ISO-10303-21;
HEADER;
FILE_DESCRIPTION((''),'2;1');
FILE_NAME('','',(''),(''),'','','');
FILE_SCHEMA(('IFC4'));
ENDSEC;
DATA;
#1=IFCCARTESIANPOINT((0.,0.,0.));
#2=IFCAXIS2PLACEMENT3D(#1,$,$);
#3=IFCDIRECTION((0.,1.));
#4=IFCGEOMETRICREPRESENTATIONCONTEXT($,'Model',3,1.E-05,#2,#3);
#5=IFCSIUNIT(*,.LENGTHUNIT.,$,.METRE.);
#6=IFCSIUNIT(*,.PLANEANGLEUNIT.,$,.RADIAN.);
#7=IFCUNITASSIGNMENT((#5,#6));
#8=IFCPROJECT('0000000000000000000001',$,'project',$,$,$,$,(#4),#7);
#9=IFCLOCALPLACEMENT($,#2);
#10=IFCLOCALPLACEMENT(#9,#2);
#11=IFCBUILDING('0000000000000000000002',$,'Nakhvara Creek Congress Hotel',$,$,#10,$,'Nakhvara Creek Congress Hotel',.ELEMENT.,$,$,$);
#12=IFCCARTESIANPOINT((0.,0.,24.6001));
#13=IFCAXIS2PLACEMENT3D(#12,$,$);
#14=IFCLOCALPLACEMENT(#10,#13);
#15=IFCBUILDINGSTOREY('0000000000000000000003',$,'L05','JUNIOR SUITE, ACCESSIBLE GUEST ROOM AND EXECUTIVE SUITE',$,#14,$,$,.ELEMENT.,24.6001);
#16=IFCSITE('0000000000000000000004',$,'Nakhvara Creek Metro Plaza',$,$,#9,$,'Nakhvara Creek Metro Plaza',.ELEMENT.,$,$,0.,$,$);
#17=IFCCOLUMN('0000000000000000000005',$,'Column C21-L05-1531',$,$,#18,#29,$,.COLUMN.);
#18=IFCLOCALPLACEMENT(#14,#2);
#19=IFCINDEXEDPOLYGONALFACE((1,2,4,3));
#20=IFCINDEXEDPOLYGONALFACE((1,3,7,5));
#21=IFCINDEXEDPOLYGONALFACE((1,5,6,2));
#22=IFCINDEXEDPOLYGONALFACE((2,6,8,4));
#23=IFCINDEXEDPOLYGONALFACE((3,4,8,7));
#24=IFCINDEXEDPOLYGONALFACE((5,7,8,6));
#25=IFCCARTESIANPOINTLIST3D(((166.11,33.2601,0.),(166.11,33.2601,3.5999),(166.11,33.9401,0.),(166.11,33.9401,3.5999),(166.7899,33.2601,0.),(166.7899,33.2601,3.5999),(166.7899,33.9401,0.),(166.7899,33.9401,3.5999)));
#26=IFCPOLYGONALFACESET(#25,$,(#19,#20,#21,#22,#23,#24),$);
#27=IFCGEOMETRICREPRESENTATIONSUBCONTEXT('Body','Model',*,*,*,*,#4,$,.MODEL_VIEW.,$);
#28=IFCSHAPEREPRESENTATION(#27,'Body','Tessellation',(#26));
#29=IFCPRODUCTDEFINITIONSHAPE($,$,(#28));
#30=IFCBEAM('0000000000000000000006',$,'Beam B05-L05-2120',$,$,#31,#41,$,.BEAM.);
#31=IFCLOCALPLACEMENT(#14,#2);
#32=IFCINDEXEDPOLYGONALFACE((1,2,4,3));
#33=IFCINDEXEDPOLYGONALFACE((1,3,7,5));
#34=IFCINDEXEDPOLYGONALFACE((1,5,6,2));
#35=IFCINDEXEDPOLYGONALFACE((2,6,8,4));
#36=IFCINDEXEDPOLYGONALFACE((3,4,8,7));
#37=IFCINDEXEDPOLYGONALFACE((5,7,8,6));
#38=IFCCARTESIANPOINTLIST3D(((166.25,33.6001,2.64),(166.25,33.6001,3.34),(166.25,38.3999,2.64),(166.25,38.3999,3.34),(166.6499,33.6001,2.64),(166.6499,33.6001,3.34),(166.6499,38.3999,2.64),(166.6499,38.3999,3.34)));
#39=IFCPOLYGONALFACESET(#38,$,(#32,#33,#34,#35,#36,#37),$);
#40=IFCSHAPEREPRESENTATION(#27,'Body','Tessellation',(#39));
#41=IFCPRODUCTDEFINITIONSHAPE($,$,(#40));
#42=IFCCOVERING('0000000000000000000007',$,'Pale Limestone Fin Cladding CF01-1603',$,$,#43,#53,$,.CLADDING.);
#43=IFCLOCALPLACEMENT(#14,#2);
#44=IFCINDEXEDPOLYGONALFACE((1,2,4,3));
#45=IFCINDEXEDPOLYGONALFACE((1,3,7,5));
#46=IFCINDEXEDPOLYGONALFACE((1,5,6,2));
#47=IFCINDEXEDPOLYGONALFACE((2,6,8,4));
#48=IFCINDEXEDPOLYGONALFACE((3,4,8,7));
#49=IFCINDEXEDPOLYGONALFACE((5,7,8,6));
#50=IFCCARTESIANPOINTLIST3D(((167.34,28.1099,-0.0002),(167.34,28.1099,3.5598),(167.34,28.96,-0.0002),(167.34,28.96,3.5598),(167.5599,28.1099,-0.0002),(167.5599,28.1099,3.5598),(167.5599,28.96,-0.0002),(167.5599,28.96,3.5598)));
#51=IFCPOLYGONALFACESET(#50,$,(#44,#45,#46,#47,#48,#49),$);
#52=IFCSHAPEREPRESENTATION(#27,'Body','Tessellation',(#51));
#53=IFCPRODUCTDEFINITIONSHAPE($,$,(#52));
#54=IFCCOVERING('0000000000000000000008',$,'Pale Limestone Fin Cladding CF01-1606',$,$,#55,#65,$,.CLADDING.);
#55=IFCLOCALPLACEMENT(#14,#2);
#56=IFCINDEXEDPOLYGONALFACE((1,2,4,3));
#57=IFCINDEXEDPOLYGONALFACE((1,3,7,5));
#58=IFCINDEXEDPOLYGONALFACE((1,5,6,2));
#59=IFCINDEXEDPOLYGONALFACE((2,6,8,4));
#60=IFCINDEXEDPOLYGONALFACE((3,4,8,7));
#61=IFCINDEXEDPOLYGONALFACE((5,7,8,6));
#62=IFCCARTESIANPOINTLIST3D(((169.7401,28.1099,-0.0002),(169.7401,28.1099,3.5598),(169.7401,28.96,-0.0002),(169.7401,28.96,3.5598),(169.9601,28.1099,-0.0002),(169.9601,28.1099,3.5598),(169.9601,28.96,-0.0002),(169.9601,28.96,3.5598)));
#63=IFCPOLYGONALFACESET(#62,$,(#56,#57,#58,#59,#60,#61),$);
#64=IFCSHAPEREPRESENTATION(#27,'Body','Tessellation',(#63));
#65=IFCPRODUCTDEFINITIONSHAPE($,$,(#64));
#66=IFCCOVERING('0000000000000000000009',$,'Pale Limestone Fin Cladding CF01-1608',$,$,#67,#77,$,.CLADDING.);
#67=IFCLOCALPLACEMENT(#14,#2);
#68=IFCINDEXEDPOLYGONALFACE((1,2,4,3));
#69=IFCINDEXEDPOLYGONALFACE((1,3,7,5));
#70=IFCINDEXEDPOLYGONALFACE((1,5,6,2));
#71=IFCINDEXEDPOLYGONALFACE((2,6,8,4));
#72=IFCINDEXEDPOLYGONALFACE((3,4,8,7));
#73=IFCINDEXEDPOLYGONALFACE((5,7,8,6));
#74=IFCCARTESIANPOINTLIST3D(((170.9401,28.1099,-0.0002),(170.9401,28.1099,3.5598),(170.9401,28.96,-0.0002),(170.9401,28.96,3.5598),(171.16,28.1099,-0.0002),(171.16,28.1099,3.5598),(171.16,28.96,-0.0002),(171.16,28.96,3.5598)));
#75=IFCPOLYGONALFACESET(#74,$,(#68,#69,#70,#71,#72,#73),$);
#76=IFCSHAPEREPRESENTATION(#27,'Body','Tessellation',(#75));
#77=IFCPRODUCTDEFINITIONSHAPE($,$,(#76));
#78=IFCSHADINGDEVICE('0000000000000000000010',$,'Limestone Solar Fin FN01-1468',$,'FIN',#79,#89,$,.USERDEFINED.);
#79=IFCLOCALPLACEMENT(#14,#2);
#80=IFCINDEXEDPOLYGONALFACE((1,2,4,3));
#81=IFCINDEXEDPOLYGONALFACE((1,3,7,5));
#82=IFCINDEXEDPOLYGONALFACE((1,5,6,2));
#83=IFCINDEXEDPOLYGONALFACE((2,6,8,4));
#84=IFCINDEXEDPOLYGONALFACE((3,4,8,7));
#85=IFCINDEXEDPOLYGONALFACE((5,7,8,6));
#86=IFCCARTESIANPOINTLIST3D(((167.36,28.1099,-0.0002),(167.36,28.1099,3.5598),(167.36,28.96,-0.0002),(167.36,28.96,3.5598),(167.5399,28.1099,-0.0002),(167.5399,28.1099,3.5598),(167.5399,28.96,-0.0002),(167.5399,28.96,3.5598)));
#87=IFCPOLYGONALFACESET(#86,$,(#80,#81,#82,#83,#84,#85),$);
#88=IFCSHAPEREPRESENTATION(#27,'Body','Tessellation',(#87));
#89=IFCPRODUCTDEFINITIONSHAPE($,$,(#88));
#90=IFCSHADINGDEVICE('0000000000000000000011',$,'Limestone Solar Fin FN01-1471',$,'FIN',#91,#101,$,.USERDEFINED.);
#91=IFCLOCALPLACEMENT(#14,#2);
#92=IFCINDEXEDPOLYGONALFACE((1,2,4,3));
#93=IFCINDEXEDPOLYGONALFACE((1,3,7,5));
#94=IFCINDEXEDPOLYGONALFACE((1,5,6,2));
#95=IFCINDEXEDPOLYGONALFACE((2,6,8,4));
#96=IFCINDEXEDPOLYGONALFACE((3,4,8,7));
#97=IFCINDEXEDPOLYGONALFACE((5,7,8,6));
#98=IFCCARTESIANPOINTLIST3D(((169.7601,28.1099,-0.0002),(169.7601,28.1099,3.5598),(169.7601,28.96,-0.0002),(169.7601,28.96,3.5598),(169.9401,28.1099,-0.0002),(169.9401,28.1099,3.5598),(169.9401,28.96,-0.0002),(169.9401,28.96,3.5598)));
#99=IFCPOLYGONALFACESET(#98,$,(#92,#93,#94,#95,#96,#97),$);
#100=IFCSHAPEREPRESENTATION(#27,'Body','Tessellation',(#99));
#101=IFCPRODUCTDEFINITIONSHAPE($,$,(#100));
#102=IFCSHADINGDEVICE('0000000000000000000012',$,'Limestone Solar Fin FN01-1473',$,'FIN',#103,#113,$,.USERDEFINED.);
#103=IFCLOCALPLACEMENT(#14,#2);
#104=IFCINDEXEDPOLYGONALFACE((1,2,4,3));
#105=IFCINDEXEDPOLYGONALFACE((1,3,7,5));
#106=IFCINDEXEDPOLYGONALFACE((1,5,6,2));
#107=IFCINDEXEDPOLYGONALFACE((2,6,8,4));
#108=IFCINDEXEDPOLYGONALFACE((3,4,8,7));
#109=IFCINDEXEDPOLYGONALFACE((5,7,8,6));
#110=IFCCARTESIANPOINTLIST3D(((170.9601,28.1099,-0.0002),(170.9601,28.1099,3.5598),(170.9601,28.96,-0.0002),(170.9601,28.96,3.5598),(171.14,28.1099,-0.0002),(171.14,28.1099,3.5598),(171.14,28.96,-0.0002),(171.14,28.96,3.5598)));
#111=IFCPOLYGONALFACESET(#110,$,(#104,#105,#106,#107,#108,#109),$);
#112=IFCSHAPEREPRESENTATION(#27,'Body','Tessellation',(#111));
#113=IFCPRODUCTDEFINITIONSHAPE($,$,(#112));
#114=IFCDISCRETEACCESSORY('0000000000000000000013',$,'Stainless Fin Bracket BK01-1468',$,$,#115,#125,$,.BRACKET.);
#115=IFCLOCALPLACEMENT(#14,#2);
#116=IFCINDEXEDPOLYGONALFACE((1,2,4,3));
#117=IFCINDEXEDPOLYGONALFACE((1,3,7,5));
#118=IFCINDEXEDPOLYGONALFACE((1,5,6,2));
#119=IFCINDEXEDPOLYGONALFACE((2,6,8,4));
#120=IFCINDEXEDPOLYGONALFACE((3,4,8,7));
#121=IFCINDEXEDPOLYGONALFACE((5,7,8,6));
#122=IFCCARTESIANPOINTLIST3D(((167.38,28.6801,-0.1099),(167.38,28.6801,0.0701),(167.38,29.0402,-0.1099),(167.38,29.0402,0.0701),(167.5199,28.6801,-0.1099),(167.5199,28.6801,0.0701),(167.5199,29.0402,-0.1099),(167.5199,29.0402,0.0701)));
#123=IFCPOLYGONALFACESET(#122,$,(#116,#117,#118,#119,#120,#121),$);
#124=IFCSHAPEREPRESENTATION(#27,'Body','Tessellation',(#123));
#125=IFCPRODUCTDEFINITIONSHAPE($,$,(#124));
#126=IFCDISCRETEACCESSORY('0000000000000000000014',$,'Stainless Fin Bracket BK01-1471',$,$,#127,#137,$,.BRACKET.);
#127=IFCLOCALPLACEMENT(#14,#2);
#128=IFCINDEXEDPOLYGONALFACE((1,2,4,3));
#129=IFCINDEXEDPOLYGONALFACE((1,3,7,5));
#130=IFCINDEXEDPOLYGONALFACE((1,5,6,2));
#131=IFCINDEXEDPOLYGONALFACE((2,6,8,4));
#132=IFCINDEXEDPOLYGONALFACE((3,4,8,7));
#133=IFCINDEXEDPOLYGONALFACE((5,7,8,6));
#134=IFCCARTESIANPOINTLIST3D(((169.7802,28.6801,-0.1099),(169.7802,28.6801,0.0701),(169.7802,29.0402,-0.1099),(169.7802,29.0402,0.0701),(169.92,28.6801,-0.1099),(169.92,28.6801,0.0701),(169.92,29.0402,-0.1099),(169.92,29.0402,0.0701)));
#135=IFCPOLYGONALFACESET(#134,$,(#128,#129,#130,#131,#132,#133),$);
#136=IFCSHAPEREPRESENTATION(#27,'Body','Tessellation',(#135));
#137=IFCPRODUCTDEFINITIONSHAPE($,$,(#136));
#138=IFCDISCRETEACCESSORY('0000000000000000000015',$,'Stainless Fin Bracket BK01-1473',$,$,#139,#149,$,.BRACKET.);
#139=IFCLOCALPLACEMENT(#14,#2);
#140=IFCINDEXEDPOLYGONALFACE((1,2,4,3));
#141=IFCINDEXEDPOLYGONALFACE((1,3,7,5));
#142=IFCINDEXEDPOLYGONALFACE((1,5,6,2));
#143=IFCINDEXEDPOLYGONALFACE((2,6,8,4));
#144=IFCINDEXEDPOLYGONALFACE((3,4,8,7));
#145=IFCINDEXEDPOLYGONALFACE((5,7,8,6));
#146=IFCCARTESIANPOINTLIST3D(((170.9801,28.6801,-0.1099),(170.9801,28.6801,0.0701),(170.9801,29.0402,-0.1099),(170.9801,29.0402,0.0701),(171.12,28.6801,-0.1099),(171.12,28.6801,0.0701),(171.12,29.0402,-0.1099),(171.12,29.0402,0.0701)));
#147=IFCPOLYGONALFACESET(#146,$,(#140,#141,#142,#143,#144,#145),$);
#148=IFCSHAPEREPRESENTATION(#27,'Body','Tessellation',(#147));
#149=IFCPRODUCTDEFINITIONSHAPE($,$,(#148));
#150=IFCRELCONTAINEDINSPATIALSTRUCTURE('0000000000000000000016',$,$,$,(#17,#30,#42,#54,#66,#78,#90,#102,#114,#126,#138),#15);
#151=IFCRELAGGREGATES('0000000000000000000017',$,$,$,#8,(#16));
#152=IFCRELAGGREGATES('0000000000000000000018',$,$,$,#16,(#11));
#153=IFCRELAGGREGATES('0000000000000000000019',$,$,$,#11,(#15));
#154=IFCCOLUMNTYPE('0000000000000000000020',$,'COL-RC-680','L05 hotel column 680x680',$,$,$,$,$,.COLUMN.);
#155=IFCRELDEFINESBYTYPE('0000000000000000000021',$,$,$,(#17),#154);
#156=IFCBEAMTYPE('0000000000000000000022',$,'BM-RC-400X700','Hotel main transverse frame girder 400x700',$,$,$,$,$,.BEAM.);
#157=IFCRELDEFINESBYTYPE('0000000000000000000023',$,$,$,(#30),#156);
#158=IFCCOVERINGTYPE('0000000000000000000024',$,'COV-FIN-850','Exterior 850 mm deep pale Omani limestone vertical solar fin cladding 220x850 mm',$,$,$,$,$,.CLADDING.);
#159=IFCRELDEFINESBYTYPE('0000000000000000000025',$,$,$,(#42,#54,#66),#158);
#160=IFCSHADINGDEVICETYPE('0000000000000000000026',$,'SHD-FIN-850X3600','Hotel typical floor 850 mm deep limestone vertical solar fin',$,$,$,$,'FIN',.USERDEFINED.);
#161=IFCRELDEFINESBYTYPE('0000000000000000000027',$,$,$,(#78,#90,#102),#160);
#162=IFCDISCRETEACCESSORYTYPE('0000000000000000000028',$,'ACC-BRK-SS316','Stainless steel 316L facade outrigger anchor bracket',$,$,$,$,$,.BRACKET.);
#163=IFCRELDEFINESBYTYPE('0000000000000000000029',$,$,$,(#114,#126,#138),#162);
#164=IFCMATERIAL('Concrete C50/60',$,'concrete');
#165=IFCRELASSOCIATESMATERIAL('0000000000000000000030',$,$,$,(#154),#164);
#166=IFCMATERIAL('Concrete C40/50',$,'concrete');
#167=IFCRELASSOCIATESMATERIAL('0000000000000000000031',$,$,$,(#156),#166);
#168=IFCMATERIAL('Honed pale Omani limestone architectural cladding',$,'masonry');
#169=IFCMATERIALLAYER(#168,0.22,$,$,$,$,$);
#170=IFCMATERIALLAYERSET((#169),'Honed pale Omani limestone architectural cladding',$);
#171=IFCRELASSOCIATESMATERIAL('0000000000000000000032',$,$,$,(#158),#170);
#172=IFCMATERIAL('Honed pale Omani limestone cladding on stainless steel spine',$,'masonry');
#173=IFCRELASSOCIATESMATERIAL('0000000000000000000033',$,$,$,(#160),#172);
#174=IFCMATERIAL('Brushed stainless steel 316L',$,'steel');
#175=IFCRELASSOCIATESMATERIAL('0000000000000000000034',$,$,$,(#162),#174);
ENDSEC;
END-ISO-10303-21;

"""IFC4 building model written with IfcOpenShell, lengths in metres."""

from ifc_helpers import new_model, si_unit, direction, frame, origin, origin_2d, place, context, subcontext, project, spatial, rectangle, extrude, material, layer, layer_set, material_profile, profile_set, type_object, element, save


model = new_model("IFC4")

# Units and contexts
model_context = context("Model", 3, precision=1e-05, world=origin(), true_north=direction((0.0, 1.0)))
body_context = subcontext(model_context, "Body", "Model", "MODEL_VIEW")
ifc_project = project(units=[si_unit("LENGTHUNIT", "METRE"), si_unit("PLANEANGLEUNIT", "RADIAN")], contexts=[model_context])

# Site, building, storey
site_placement = place(None, origin())
site = spatial("IfcSite", under=ifc_project, at=site_placement, Name="Nakhvara Creek Metro Plaza", LongName="Nakhvara Creek Metro Plaza", CompositionType="ELEMENT", RefElevation=0.0)
building_placement = place(site_placement, origin())
building = spatial("IfcBuilding", under=site, at=building_placement, Name="Nakhvara Creek Congress Hotel", LongName="Nakhvara Creek Congress Hotel", CompositionType="ELEMENT")
storey_placement = place(building_placement, frame((0.0, 0.0, 24.6001)))
storey = spatial("IfcBuildingStorey", under=building, at=storey_placement, Name="L05", Description="JUNIOR SUITE, ACCESSIBLE GUEST ROOM AND EXECUTIVE SUITE", CompositionType="ELEMENT", Elevation=24.6001)

# Column
ifc_material_1 = material(Name="Concrete C50/60", Category="concrete")
ifc_material_profile_1 = material_profile(ifc_material_1, rectangle(XDim=0.6799, YDim=0.6799, at=origin_2d()), Name="RC-COL 680x680", Category="LoadBearing")
ifc_profile_set_1 = profile_set([ifc_material_profile_1], Name="Concrete C50/60")
column_type = type_object("IfcColumnType", Name="COL-RC-680", Description="L05 hotel column 680x680", PredefinedType="COLUMN", material=ifc_profile_set_1)
column_placement = place(storey_placement, frame((166.45, 33.6001, 0.0), z_axis=(0.0, 0.0, 1.0), x_axis=(1.0, 0.0, 0.0)))
element("IfcColumn", 1, at=column_placement, inside=storey, type_object=column_type, Name="Column C21-L05-1531", PredefinedType="COLUMN", context=body_context, shape_type="SweptSolid", body=[
    extrude(rectangle(XDim=0.6799, YDim=0.6799, at=origin_2d()), origin(), (0.0, 0.0, 1.0), 3.5999),
])

# Beam
ifc_material_2 = material(Name="Concrete C40/50", Category="concrete")
ifc_material_profile_2 = material_profile(ifc_material_2, rectangle(XDim=0.3999, YDim=0.7, at=origin_2d()), Name="RC-BM 400x700", Category="LoadBearing")
ifc_profile_set_2 = profile_set([ifc_material_profile_2], Name="Concrete C40/50")
beam_type = type_object("IfcBeamType", Name="BM-RC-400X700", Description="Hotel main transverse frame girder 400x700", PredefinedType="BEAM", material=ifc_profile_set_2)
beam_placement = place(storey_placement, frame((166.45, 33.6001, 2.99), z_axis=(0.0, 1.0, 0.0), x_axis=(-1.0, 0.0, 0.0)))
element("IfcBeam", 2, at=beam_placement, inside=storey, type_object=beam_type, Name="Beam B05-L05-2120", PredefinedType="BEAM", context=body_context, shape_type="SweptSolid", body=[
    extrude(rectangle(XDim=0.3999, YDim=0.7, at=origin_2d()), origin(), (0.0, 0.0, 1.0), 4.7998),
])

# Coverings
ifc_material_3 = material(Name="Honed pale Omani limestone architectural cladding", Category="masonry")
ifc_layer_1 = layer(ifc_material_3, 0.22)
ifc_layer_set_1 = layer_set([ifc_layer_1], Name="Honed pale Omani limestone architectural cladding")
covering_type = type_object("IfcCoveringType", Name="COV-FIN-850", Description="Exterior 850 mm deep pale Omani limestone vertical solar fin cladding 220x850 mm", PredefinedType="CLADDING", material=ifc_layer_set_1)
for number, where, z_axis, x_axis, name in (
    (3, (167.45, 28.5349, -0.0002), (0.0, 0.0, 1.0), (1.0, 0.0, 0.0), "Pale Limestone Fin Cladding CF01-1603"),
    (4, (169.8501, 28.5349, -0.0002), (0.0, 0.0, 1.0), (1.0, 0.0, 0.0), "Pale Limestone Fin Cladding CF01-1606"),
    (5, (171.05, 28.5349, -0.0002), (0.0, 0.0, 1.0), (1.0, 0.0, 0.0), "Pale Limestone Fin Cladding CF01-1608"),
):
    element("IfcCovering", number, at=place(storey_placement, frame(where, z_axis=z_axis, x_axis=x_axis)), inside=storey, type_object=covering_type, Name=name, PredefinedType="CLADDING", context=body_context, shape_type="SweptSolid", body=[
        extrude(rectangle(XDim=0.22, YDim=0.8501, at=origin_2d()), origin(), (0.0, 0.0, 1.0), 3.5601),
    ])

# Shading devices
ifc_material_4 = material(Name="Honed pale Omani limestone cladding on stainless steel spine", Category="masonry")
shading_device_type = type_object("IfcShadingDeviceType", Name="SHD-FIN-850X3600", Description="Hotel typical floor 850 mm deep limestone vertical solar fin", ElementType="FIN", PredefinedType="USERDEFINED", material=ifc_material_4)
for number, where, z_axis, x_axis, name in (
    (6, (167.45, 28.5349, -0.0002), (0.0, 0.0, 1.0), (1.0, 0.0, 0.0), "Limestone Solar Fin FN01-1468"),
    (7, (169.8501, 28.5349, -0.0002), (0.0, 0.0, 1.0), (1.0, 0.0, 0.0), "Limestone Solar Fin FN01-1471"),
    (8, (171.05, 28.5349, -0.0002), (0.0, 0.0, 1.0), (1.0, 0.0, 0.0), "Limestone Solar Fin FN01-1473"),
):
    element("IfcShadingDevice", number, at=place(storey_placement, frame(where, z_axis=z_axis, x_axis=x_axis)), inside=storey, type_object=shading_device_type, Name=name, ObjectType="FIN", PredefinedType="USERDEFINED", context=body_context, shape_type="SweptSolid", body=[
        extrude(rectangle(XDim=0.1799, YDim=0.8501, at=origin_2d()), origin(), (0.0, 0.0, 1.0), 3.5601),
    ])

# Discrete accessories
ifc_material_5 = material(Name="Brushed stainless steel 316L", Category="steel")
discrete_accessory_type = type_object("IfcDiscreteAccessoryType", Name="ACC-BRK-SS316", Description="Stainless steel 316L facade outrigger anchor bracket", PredefinedType="BRACKET", material=ifc_material_5)
for number, where, z_axis, x_axis, name in (
    (9, (167.45, 28.8601, -0.1099), (0.0, 0.0, 1.0), (1.0, 0.0, 0.0), "Stainless Fin Bracket BK01-1468"),
    (10, (169.8501, 28.8601, -0.1099), (0.0, 0.0, 1.0), (1.0, 0.0, 0.0), "Stainless Fin Bracket BK01-1471"),
    (11, (171.05, 28.8601, -0.1099), (0.0, 0.0, 1.0), (1.0, 0.0, 0.0), "Stainless Fin Bracket BK01-1473"),
):
    element("IfcDiscreteAccessory", number, at=place(storey_placement, frame(where, z_axis=z_axis, x_axis=x_axis)), inside=storey, type_object=discrete_accessory_type, Name=name, PredefinedType="BRACKET", context=body_context, shape_type="SweptSolid", body=[
        extrude(rectangle(XDim=0.1399, YDim=0.3601, at=origin_2d()), origin(), (0.0, 0.0, 1.0), 0.1799),
    ])

save(model, "model.ifc")
